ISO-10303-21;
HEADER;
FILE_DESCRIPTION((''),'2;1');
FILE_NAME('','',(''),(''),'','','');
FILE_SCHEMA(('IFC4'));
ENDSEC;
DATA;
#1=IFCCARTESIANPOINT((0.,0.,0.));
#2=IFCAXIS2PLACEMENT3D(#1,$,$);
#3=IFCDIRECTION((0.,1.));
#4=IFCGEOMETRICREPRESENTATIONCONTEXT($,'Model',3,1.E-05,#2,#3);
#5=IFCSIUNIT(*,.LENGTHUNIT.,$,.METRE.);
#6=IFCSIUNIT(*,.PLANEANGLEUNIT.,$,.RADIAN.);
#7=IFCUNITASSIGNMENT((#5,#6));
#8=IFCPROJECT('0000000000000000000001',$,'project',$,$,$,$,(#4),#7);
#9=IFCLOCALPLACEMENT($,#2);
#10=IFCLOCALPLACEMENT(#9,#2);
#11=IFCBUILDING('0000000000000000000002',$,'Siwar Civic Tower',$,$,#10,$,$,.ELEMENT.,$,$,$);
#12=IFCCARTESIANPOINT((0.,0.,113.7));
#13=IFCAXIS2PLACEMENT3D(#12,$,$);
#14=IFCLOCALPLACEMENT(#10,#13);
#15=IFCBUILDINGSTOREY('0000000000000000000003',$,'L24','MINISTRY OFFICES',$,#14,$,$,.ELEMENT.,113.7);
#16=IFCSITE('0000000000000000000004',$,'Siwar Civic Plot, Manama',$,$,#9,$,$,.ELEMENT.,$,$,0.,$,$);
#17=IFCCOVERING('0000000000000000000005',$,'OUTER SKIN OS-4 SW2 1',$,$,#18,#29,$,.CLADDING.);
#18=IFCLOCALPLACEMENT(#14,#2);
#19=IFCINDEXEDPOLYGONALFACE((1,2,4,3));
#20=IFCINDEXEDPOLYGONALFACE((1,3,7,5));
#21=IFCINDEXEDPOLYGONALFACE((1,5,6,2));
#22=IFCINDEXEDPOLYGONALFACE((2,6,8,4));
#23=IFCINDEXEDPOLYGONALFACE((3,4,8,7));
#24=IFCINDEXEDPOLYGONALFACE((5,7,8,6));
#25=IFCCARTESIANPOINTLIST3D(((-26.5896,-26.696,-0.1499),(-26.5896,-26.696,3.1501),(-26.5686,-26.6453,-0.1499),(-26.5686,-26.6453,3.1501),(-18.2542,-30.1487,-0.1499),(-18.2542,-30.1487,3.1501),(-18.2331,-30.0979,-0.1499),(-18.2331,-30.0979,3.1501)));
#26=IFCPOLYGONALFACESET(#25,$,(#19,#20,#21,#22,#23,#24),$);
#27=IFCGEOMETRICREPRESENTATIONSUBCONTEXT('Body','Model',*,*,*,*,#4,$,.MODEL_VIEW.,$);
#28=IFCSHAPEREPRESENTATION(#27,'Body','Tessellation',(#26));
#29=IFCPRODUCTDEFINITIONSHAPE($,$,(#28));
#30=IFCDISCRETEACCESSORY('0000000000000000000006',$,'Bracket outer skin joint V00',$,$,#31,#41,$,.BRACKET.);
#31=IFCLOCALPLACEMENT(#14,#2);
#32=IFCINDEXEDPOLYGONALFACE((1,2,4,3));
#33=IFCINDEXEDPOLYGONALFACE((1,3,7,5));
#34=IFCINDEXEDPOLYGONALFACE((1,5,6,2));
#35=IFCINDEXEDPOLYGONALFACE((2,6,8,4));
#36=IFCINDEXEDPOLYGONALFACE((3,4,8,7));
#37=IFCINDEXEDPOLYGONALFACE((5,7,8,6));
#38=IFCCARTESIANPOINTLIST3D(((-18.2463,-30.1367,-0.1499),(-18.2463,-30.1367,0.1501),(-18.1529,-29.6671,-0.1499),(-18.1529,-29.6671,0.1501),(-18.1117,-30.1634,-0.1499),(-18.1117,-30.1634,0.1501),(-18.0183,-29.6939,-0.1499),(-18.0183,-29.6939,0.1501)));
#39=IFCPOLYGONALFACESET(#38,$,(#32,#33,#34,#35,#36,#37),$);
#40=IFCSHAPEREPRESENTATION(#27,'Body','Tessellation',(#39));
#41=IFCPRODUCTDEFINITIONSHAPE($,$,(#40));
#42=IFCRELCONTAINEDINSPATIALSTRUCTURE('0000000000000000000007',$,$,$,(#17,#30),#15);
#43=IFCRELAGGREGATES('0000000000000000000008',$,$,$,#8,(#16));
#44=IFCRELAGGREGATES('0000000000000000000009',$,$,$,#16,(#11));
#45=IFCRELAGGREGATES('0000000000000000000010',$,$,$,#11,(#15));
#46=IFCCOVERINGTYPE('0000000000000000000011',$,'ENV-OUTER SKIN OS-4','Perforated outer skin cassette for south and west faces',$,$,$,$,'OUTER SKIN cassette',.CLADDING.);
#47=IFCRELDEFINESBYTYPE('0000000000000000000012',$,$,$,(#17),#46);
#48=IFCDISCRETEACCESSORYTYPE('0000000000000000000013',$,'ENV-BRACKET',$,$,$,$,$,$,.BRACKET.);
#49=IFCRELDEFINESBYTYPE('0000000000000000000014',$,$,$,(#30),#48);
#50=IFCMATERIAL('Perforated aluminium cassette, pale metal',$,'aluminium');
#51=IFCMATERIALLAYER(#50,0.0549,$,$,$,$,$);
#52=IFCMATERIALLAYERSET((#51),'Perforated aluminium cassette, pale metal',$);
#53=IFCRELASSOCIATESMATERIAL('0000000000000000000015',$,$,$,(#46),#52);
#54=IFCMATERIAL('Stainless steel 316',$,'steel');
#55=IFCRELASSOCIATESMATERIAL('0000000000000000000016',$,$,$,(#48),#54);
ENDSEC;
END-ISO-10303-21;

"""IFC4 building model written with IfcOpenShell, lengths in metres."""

from ifc_helpers import new_model, si_unit, direction, frame, origin, origin_2d, place, context, subcontext, project, spatial, rectangle, extrude, material, layer, layer_set, type_object, element, save


model = new_model("IFC4")

# Units and contexts
model_context = context("Model", 3, precision=1e-05, world=origin(), true_north=direction((0.0, 1.0)))
body_context = subcontext(model_context, "Body", "Model", "MODEL_VIEW")
ifc_project = project(units=[si_unit("LENGTHUNIT", "METRE"), si_unit("PLANEANGLEUNIT", "RADIAN")], contexts=[model_context])

# Site, building, storey
site_placement = place(None, origin())
site = spatial("IfcSite", under=ifc_project, at=site_placement, Name="Siwar Civic Plot, Manama", CompositionType="ELEMENT", RefElevation=0.0)
building_placement = place(site_placement, origin())
building = spatial("IfcBuilding", under=site, at=building_placement, Name="Siwar Civic Tower", CompositionType="ELEMENT")
storey_placement = place(building_placement, frame((0.0, 0.0, 113.7)))
storey = spatial("IfcBuildingStorey", under=building, at=storey_placement, Name="L24", Description="MINISTRY OFFICES", CompositionType="ELEMENT", Elevation=113.7)

# Covering
ifc_material_1 = material(Name="Perforated aluminium cassette, pale metal", Category="aluminium")
ifc_layer_1 = layer(ifc_material_1, 0.0549)
ifc_layer_set_1 = layer_set([ifc_layer_1], Name="Perforated aluminium cassette, pale metal")
covering_type = type_object("IfcCoveringType", Name="ENV-OUTER SKIN OS-4", Description="Perforated outer skin cassette for south and west faces", ElementType="OUTER SKIN cassette", PredefinedType="CLADDING", material=ifc_layer_set_1)
covering_placement = place(storey_placement, frame((-22.4114, -28.397, -0.1499), z_axis=(0.0, 0.0, 1.0), x_axis=(0.92388, -0.382683, 0.0)))
element("IfcCovering", 1, at=covering_placement, inside=storey, type_object=covering_type, Name="OUTER SKIN OS-4 SW2 1", PredefinedType="CLADDING", context=body_context, shape_type="SweptSolid", body=[
    extrude(rectangle(XDim=9.0222, YDim=0.0549, at=origin_2d()), origin(), (0.0, 0.0, 1.0), 3.3),
])

# Discrete accessory
ifc_material_2 = material(Name="Stainless steel 316", Category="steel")
discrete_accessory_type = type_object("IfcDiscreteAccessoryType", Name="ENV-BRACKET", PredefinedType="BRACKET", material=ifc_material_2)
discrete_accessory_placement = place(storey_placement, frame((-18.1323, -29.9153, -0.1499), z_axis=(0.0, 0.0, 1.0), x_axis=(-0.19509, -0.980785, 0.0)))
element("IfcDiscreteAccessory", 2, at=discrete_accessory_placement, inside=storey, type_object=discrete_accessory_type, Name="Bracket outer skin joint V00", PredefinedType="BRACKET", context=body_context, shape_type="SweptSolid", body=[
    extrude(rectangle(XDim=0.4788, YDim=0.1372, at=origin_2d()), origin(), (0.0, 0.0, 1.0), 0.3),
])

save(model, "model.ifc")
